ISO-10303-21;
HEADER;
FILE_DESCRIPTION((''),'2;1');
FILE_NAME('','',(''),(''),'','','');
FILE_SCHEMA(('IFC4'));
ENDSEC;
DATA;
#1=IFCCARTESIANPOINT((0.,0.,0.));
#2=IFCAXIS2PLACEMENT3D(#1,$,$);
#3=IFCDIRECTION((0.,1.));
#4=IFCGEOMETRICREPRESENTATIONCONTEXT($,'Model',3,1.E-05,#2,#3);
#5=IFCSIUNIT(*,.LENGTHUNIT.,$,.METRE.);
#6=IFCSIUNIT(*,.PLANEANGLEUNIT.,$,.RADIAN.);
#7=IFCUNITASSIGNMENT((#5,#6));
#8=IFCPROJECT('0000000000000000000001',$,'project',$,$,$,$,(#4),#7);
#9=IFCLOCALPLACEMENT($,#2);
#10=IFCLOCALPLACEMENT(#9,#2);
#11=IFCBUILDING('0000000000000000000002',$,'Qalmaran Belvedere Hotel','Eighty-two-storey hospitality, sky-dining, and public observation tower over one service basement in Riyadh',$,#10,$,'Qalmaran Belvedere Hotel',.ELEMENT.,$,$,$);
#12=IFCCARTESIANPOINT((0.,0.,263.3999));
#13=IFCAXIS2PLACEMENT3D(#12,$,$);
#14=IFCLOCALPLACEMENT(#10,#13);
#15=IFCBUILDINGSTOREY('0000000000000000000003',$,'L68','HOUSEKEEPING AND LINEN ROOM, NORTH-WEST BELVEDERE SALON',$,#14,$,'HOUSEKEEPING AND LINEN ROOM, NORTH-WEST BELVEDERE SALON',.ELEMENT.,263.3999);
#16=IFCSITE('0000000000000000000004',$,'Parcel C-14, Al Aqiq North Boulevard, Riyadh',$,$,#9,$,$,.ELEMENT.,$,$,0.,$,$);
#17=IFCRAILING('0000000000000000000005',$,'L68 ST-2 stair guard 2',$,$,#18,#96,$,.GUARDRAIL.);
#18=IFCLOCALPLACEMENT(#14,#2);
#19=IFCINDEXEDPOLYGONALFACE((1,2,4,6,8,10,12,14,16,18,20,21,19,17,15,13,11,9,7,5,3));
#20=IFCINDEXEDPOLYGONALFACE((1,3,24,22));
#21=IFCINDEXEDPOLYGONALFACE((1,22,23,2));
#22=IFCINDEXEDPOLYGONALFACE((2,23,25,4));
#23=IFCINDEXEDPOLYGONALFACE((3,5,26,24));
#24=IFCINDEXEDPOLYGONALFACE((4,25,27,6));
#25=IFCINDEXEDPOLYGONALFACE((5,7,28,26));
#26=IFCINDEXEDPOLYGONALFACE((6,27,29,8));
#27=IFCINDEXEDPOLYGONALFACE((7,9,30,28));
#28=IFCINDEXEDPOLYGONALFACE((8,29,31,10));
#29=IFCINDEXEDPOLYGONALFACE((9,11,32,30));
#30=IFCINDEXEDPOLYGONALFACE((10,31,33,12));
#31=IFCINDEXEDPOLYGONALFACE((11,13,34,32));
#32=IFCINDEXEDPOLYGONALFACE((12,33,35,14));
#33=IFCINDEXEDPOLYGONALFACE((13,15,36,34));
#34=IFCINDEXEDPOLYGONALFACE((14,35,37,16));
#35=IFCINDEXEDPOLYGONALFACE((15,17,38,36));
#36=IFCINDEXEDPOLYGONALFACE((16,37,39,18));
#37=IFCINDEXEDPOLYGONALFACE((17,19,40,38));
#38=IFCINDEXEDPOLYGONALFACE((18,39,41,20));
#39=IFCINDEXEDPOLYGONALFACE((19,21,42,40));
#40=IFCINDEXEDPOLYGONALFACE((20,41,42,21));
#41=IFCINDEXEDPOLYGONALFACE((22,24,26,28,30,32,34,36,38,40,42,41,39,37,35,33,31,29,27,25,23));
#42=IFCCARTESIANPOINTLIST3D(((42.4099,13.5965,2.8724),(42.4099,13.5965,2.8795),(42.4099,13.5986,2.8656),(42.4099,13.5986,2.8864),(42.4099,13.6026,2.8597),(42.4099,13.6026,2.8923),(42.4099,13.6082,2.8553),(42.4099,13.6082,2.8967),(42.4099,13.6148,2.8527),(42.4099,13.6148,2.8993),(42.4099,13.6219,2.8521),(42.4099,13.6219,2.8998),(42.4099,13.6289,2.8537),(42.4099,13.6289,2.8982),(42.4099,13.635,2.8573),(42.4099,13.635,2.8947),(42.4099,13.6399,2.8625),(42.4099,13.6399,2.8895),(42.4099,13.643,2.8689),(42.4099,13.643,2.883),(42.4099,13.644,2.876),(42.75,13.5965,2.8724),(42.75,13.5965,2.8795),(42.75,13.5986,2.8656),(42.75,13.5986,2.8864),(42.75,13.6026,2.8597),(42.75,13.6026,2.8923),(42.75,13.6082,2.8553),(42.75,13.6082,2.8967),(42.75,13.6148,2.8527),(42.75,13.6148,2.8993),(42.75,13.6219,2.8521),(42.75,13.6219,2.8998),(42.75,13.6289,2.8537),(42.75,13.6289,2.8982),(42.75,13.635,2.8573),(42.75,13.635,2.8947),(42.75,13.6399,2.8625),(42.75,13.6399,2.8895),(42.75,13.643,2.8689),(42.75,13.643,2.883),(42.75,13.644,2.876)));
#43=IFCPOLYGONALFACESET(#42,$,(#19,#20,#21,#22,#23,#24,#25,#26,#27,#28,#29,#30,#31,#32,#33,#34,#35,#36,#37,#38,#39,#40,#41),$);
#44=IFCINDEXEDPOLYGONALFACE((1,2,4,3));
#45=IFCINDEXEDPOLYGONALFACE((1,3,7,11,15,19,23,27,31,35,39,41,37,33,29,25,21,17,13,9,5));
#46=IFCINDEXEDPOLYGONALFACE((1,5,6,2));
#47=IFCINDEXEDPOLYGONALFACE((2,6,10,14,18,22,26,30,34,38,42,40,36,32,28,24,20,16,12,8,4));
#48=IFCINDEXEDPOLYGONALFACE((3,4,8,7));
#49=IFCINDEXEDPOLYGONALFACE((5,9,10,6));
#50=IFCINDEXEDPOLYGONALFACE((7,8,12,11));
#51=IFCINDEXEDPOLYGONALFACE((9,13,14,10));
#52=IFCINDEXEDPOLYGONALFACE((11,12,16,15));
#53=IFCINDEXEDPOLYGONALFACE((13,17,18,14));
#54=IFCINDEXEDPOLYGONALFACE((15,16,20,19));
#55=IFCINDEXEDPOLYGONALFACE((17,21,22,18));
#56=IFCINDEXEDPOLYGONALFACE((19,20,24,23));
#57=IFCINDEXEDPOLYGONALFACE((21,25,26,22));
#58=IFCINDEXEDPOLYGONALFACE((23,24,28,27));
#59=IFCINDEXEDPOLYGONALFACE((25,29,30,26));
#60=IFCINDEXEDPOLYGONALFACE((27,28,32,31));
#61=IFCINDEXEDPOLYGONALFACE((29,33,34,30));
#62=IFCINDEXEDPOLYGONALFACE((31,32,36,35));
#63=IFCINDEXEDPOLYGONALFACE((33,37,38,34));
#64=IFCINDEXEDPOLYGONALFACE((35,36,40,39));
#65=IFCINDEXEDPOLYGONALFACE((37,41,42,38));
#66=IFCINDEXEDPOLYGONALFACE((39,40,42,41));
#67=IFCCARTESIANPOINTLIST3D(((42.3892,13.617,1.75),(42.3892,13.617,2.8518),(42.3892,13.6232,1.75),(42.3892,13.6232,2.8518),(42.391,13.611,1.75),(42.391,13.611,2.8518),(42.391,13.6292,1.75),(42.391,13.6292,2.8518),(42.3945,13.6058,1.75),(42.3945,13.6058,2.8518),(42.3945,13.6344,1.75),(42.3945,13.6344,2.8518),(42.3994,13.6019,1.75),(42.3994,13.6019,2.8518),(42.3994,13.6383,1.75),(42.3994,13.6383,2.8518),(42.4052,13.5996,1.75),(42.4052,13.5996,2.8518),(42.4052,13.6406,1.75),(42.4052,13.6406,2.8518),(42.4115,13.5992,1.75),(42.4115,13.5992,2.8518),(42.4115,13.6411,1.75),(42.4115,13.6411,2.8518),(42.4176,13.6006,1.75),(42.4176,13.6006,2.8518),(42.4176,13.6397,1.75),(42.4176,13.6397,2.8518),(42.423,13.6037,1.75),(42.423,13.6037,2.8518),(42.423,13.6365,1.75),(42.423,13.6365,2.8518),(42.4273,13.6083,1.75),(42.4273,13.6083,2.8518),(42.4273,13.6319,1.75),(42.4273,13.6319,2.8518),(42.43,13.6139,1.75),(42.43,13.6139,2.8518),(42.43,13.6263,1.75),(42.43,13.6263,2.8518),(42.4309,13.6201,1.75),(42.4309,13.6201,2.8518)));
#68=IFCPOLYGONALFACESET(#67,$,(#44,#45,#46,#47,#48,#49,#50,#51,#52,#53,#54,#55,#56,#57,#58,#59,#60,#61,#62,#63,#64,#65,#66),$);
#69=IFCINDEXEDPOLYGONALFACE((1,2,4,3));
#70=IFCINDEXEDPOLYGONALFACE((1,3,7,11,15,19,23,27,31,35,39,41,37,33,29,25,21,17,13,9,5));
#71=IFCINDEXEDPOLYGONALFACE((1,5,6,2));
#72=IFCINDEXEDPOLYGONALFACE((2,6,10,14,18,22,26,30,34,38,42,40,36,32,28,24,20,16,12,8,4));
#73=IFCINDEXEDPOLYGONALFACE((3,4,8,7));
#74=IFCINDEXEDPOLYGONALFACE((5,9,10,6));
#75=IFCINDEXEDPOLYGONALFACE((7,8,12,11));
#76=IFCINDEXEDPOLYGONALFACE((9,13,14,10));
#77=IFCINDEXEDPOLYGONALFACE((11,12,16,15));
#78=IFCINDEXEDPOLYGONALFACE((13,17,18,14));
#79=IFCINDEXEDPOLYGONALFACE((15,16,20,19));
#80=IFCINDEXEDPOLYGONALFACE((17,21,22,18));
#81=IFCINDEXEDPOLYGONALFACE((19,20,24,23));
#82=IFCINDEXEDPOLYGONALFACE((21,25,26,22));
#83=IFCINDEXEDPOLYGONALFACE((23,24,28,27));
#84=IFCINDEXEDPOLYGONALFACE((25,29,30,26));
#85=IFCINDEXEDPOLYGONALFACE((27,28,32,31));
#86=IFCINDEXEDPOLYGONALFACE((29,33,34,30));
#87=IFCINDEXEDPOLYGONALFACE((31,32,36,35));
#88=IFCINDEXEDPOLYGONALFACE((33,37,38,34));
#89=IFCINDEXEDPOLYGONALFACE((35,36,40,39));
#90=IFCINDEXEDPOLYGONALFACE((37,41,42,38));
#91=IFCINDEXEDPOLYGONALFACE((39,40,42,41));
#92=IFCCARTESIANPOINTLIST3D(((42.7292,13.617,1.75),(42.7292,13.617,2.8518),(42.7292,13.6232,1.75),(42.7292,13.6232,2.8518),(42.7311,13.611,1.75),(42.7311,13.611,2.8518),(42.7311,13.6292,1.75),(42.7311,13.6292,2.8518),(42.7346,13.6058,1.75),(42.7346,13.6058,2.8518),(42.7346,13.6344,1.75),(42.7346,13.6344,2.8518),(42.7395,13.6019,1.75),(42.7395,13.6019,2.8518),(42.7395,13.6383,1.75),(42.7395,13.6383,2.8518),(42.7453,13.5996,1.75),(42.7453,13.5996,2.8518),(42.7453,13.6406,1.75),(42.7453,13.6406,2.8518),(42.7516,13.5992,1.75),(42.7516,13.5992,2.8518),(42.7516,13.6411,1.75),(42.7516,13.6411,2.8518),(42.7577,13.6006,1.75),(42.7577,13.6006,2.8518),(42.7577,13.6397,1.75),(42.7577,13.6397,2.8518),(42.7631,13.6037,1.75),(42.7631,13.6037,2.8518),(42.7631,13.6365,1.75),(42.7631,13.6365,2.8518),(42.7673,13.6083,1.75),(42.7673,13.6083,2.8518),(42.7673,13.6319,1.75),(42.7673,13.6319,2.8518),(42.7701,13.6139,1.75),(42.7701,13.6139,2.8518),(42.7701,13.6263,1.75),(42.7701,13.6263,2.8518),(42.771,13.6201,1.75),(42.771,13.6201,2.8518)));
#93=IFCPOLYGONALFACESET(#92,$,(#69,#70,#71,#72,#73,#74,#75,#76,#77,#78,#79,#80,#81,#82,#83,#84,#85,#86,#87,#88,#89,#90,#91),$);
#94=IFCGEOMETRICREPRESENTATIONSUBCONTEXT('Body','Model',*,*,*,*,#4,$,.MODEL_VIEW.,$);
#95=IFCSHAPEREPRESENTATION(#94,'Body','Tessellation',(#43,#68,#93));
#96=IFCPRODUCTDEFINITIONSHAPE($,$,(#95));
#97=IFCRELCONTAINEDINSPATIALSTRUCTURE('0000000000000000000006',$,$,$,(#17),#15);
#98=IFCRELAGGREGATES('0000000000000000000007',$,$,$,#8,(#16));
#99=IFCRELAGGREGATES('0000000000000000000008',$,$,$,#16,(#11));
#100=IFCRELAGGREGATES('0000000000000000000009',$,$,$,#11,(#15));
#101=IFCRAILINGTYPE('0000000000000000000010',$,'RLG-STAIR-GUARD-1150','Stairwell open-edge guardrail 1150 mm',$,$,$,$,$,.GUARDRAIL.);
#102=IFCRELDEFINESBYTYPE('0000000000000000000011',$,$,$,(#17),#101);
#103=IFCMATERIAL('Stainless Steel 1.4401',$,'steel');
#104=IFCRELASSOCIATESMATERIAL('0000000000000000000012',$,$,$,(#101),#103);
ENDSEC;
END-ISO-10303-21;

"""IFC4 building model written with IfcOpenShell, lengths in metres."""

from ifc_helpers import new_model, si_unit, direction, frame, origin, origin_2d, place, context, subcontext, project, spatial, circle, extrude, material, type_object, element, save


model = new_model("IFC4")

# Units and contexts
model_context = context("Model", 3, precision=1e-05, world=origin(), true_north=direction((0.0, 1.0)))
body_context = subcontext(model_context, "Body", "Model", "MODEL_VIEW")
ifc_project = project(units=[si_unit("LENGTHUNIT", "METRE"), si_unit("PLANEANGLEUNIT", "RADIAN")], contexts=[model_context])

# Site, building, storey
site_placement = place(None, origin())
site = spatial("IfcSite", under=ifc_project, at=site_placement, Name="Parcel C-14, Al Aqiq North Boulevard, Riyadh", CompositionType="ELEMENT", RefElevation=0.0)
building_placement = place(site_placement, origin())
building = spatial("IfcBuilding", under=site, at=building_placement, Name="Qalmaran Belvedere Hotel", Description="Eighty-two-storey hospitality, sky-dining, and public observation tower over one service basement in Riyadh", LongName="Qalmaran Belvedere Hotel", CompositionType="ELEMENT")
storey_placement = place(building_placement, frame((0.0, 0.0, 263.3999)))
storey = spatial("IfcBuildingStorey", under=building, at=storey_placement, Name="L68", Description="HOUSEKEEPING AND LINEN ROOM, NORTH-WEST BELVEDERE SALON", LongName="HOUSEKEEPING AND LINEN ROOM, NORTH-WEST BELVEDERE SALON", CompositionType="ELEMENT", Elevation=263.3999)

# Railing
ifc_material_1 = material(Name="Stainless Steel 1.4401", Category="steel")
railing_type_1 = type_object("IfcRailingType", Name="RLG-STAIR-GUARD-1150", Description="Stairwell open-edge guardrail 1150 mm", PredefinedType="GUARDRAIL", material=ifc_material_1)
railing_1_placement = place(storey_placement, frame((42.4099, 13.6201, 1.75)))
element("IfcRailing", 1, at=railing_1_placement, inside=storey, type_object=railing_type_1, Name="L68 ST-2 stair guard 2", PredefinedType="GUARDRAIL", context=body_context, shape_type="SweptSolid", body=[
    extrude(circle(Radius=0.0239, at=origin_2d()), frame((0.0, 0.0, 1.126), z_axis=(1.0, 0.0, 0.0), x_axis=(0.0, 1.0, 0.0)), (0.0, 0.0, 1.0), 0.3401),
    extrude(circle(Radius=0.021, at=origin_2d()), origin(), (0.0, 0.0, 1.0), 1.1018),
    extrude(circle(Radius=0.021, at=origin_2d()), frame((0.3401, 0.0, 0.0)), (0.0, 0.0, 1.0), 1.1018),
])

save(model, "model.ifc")
